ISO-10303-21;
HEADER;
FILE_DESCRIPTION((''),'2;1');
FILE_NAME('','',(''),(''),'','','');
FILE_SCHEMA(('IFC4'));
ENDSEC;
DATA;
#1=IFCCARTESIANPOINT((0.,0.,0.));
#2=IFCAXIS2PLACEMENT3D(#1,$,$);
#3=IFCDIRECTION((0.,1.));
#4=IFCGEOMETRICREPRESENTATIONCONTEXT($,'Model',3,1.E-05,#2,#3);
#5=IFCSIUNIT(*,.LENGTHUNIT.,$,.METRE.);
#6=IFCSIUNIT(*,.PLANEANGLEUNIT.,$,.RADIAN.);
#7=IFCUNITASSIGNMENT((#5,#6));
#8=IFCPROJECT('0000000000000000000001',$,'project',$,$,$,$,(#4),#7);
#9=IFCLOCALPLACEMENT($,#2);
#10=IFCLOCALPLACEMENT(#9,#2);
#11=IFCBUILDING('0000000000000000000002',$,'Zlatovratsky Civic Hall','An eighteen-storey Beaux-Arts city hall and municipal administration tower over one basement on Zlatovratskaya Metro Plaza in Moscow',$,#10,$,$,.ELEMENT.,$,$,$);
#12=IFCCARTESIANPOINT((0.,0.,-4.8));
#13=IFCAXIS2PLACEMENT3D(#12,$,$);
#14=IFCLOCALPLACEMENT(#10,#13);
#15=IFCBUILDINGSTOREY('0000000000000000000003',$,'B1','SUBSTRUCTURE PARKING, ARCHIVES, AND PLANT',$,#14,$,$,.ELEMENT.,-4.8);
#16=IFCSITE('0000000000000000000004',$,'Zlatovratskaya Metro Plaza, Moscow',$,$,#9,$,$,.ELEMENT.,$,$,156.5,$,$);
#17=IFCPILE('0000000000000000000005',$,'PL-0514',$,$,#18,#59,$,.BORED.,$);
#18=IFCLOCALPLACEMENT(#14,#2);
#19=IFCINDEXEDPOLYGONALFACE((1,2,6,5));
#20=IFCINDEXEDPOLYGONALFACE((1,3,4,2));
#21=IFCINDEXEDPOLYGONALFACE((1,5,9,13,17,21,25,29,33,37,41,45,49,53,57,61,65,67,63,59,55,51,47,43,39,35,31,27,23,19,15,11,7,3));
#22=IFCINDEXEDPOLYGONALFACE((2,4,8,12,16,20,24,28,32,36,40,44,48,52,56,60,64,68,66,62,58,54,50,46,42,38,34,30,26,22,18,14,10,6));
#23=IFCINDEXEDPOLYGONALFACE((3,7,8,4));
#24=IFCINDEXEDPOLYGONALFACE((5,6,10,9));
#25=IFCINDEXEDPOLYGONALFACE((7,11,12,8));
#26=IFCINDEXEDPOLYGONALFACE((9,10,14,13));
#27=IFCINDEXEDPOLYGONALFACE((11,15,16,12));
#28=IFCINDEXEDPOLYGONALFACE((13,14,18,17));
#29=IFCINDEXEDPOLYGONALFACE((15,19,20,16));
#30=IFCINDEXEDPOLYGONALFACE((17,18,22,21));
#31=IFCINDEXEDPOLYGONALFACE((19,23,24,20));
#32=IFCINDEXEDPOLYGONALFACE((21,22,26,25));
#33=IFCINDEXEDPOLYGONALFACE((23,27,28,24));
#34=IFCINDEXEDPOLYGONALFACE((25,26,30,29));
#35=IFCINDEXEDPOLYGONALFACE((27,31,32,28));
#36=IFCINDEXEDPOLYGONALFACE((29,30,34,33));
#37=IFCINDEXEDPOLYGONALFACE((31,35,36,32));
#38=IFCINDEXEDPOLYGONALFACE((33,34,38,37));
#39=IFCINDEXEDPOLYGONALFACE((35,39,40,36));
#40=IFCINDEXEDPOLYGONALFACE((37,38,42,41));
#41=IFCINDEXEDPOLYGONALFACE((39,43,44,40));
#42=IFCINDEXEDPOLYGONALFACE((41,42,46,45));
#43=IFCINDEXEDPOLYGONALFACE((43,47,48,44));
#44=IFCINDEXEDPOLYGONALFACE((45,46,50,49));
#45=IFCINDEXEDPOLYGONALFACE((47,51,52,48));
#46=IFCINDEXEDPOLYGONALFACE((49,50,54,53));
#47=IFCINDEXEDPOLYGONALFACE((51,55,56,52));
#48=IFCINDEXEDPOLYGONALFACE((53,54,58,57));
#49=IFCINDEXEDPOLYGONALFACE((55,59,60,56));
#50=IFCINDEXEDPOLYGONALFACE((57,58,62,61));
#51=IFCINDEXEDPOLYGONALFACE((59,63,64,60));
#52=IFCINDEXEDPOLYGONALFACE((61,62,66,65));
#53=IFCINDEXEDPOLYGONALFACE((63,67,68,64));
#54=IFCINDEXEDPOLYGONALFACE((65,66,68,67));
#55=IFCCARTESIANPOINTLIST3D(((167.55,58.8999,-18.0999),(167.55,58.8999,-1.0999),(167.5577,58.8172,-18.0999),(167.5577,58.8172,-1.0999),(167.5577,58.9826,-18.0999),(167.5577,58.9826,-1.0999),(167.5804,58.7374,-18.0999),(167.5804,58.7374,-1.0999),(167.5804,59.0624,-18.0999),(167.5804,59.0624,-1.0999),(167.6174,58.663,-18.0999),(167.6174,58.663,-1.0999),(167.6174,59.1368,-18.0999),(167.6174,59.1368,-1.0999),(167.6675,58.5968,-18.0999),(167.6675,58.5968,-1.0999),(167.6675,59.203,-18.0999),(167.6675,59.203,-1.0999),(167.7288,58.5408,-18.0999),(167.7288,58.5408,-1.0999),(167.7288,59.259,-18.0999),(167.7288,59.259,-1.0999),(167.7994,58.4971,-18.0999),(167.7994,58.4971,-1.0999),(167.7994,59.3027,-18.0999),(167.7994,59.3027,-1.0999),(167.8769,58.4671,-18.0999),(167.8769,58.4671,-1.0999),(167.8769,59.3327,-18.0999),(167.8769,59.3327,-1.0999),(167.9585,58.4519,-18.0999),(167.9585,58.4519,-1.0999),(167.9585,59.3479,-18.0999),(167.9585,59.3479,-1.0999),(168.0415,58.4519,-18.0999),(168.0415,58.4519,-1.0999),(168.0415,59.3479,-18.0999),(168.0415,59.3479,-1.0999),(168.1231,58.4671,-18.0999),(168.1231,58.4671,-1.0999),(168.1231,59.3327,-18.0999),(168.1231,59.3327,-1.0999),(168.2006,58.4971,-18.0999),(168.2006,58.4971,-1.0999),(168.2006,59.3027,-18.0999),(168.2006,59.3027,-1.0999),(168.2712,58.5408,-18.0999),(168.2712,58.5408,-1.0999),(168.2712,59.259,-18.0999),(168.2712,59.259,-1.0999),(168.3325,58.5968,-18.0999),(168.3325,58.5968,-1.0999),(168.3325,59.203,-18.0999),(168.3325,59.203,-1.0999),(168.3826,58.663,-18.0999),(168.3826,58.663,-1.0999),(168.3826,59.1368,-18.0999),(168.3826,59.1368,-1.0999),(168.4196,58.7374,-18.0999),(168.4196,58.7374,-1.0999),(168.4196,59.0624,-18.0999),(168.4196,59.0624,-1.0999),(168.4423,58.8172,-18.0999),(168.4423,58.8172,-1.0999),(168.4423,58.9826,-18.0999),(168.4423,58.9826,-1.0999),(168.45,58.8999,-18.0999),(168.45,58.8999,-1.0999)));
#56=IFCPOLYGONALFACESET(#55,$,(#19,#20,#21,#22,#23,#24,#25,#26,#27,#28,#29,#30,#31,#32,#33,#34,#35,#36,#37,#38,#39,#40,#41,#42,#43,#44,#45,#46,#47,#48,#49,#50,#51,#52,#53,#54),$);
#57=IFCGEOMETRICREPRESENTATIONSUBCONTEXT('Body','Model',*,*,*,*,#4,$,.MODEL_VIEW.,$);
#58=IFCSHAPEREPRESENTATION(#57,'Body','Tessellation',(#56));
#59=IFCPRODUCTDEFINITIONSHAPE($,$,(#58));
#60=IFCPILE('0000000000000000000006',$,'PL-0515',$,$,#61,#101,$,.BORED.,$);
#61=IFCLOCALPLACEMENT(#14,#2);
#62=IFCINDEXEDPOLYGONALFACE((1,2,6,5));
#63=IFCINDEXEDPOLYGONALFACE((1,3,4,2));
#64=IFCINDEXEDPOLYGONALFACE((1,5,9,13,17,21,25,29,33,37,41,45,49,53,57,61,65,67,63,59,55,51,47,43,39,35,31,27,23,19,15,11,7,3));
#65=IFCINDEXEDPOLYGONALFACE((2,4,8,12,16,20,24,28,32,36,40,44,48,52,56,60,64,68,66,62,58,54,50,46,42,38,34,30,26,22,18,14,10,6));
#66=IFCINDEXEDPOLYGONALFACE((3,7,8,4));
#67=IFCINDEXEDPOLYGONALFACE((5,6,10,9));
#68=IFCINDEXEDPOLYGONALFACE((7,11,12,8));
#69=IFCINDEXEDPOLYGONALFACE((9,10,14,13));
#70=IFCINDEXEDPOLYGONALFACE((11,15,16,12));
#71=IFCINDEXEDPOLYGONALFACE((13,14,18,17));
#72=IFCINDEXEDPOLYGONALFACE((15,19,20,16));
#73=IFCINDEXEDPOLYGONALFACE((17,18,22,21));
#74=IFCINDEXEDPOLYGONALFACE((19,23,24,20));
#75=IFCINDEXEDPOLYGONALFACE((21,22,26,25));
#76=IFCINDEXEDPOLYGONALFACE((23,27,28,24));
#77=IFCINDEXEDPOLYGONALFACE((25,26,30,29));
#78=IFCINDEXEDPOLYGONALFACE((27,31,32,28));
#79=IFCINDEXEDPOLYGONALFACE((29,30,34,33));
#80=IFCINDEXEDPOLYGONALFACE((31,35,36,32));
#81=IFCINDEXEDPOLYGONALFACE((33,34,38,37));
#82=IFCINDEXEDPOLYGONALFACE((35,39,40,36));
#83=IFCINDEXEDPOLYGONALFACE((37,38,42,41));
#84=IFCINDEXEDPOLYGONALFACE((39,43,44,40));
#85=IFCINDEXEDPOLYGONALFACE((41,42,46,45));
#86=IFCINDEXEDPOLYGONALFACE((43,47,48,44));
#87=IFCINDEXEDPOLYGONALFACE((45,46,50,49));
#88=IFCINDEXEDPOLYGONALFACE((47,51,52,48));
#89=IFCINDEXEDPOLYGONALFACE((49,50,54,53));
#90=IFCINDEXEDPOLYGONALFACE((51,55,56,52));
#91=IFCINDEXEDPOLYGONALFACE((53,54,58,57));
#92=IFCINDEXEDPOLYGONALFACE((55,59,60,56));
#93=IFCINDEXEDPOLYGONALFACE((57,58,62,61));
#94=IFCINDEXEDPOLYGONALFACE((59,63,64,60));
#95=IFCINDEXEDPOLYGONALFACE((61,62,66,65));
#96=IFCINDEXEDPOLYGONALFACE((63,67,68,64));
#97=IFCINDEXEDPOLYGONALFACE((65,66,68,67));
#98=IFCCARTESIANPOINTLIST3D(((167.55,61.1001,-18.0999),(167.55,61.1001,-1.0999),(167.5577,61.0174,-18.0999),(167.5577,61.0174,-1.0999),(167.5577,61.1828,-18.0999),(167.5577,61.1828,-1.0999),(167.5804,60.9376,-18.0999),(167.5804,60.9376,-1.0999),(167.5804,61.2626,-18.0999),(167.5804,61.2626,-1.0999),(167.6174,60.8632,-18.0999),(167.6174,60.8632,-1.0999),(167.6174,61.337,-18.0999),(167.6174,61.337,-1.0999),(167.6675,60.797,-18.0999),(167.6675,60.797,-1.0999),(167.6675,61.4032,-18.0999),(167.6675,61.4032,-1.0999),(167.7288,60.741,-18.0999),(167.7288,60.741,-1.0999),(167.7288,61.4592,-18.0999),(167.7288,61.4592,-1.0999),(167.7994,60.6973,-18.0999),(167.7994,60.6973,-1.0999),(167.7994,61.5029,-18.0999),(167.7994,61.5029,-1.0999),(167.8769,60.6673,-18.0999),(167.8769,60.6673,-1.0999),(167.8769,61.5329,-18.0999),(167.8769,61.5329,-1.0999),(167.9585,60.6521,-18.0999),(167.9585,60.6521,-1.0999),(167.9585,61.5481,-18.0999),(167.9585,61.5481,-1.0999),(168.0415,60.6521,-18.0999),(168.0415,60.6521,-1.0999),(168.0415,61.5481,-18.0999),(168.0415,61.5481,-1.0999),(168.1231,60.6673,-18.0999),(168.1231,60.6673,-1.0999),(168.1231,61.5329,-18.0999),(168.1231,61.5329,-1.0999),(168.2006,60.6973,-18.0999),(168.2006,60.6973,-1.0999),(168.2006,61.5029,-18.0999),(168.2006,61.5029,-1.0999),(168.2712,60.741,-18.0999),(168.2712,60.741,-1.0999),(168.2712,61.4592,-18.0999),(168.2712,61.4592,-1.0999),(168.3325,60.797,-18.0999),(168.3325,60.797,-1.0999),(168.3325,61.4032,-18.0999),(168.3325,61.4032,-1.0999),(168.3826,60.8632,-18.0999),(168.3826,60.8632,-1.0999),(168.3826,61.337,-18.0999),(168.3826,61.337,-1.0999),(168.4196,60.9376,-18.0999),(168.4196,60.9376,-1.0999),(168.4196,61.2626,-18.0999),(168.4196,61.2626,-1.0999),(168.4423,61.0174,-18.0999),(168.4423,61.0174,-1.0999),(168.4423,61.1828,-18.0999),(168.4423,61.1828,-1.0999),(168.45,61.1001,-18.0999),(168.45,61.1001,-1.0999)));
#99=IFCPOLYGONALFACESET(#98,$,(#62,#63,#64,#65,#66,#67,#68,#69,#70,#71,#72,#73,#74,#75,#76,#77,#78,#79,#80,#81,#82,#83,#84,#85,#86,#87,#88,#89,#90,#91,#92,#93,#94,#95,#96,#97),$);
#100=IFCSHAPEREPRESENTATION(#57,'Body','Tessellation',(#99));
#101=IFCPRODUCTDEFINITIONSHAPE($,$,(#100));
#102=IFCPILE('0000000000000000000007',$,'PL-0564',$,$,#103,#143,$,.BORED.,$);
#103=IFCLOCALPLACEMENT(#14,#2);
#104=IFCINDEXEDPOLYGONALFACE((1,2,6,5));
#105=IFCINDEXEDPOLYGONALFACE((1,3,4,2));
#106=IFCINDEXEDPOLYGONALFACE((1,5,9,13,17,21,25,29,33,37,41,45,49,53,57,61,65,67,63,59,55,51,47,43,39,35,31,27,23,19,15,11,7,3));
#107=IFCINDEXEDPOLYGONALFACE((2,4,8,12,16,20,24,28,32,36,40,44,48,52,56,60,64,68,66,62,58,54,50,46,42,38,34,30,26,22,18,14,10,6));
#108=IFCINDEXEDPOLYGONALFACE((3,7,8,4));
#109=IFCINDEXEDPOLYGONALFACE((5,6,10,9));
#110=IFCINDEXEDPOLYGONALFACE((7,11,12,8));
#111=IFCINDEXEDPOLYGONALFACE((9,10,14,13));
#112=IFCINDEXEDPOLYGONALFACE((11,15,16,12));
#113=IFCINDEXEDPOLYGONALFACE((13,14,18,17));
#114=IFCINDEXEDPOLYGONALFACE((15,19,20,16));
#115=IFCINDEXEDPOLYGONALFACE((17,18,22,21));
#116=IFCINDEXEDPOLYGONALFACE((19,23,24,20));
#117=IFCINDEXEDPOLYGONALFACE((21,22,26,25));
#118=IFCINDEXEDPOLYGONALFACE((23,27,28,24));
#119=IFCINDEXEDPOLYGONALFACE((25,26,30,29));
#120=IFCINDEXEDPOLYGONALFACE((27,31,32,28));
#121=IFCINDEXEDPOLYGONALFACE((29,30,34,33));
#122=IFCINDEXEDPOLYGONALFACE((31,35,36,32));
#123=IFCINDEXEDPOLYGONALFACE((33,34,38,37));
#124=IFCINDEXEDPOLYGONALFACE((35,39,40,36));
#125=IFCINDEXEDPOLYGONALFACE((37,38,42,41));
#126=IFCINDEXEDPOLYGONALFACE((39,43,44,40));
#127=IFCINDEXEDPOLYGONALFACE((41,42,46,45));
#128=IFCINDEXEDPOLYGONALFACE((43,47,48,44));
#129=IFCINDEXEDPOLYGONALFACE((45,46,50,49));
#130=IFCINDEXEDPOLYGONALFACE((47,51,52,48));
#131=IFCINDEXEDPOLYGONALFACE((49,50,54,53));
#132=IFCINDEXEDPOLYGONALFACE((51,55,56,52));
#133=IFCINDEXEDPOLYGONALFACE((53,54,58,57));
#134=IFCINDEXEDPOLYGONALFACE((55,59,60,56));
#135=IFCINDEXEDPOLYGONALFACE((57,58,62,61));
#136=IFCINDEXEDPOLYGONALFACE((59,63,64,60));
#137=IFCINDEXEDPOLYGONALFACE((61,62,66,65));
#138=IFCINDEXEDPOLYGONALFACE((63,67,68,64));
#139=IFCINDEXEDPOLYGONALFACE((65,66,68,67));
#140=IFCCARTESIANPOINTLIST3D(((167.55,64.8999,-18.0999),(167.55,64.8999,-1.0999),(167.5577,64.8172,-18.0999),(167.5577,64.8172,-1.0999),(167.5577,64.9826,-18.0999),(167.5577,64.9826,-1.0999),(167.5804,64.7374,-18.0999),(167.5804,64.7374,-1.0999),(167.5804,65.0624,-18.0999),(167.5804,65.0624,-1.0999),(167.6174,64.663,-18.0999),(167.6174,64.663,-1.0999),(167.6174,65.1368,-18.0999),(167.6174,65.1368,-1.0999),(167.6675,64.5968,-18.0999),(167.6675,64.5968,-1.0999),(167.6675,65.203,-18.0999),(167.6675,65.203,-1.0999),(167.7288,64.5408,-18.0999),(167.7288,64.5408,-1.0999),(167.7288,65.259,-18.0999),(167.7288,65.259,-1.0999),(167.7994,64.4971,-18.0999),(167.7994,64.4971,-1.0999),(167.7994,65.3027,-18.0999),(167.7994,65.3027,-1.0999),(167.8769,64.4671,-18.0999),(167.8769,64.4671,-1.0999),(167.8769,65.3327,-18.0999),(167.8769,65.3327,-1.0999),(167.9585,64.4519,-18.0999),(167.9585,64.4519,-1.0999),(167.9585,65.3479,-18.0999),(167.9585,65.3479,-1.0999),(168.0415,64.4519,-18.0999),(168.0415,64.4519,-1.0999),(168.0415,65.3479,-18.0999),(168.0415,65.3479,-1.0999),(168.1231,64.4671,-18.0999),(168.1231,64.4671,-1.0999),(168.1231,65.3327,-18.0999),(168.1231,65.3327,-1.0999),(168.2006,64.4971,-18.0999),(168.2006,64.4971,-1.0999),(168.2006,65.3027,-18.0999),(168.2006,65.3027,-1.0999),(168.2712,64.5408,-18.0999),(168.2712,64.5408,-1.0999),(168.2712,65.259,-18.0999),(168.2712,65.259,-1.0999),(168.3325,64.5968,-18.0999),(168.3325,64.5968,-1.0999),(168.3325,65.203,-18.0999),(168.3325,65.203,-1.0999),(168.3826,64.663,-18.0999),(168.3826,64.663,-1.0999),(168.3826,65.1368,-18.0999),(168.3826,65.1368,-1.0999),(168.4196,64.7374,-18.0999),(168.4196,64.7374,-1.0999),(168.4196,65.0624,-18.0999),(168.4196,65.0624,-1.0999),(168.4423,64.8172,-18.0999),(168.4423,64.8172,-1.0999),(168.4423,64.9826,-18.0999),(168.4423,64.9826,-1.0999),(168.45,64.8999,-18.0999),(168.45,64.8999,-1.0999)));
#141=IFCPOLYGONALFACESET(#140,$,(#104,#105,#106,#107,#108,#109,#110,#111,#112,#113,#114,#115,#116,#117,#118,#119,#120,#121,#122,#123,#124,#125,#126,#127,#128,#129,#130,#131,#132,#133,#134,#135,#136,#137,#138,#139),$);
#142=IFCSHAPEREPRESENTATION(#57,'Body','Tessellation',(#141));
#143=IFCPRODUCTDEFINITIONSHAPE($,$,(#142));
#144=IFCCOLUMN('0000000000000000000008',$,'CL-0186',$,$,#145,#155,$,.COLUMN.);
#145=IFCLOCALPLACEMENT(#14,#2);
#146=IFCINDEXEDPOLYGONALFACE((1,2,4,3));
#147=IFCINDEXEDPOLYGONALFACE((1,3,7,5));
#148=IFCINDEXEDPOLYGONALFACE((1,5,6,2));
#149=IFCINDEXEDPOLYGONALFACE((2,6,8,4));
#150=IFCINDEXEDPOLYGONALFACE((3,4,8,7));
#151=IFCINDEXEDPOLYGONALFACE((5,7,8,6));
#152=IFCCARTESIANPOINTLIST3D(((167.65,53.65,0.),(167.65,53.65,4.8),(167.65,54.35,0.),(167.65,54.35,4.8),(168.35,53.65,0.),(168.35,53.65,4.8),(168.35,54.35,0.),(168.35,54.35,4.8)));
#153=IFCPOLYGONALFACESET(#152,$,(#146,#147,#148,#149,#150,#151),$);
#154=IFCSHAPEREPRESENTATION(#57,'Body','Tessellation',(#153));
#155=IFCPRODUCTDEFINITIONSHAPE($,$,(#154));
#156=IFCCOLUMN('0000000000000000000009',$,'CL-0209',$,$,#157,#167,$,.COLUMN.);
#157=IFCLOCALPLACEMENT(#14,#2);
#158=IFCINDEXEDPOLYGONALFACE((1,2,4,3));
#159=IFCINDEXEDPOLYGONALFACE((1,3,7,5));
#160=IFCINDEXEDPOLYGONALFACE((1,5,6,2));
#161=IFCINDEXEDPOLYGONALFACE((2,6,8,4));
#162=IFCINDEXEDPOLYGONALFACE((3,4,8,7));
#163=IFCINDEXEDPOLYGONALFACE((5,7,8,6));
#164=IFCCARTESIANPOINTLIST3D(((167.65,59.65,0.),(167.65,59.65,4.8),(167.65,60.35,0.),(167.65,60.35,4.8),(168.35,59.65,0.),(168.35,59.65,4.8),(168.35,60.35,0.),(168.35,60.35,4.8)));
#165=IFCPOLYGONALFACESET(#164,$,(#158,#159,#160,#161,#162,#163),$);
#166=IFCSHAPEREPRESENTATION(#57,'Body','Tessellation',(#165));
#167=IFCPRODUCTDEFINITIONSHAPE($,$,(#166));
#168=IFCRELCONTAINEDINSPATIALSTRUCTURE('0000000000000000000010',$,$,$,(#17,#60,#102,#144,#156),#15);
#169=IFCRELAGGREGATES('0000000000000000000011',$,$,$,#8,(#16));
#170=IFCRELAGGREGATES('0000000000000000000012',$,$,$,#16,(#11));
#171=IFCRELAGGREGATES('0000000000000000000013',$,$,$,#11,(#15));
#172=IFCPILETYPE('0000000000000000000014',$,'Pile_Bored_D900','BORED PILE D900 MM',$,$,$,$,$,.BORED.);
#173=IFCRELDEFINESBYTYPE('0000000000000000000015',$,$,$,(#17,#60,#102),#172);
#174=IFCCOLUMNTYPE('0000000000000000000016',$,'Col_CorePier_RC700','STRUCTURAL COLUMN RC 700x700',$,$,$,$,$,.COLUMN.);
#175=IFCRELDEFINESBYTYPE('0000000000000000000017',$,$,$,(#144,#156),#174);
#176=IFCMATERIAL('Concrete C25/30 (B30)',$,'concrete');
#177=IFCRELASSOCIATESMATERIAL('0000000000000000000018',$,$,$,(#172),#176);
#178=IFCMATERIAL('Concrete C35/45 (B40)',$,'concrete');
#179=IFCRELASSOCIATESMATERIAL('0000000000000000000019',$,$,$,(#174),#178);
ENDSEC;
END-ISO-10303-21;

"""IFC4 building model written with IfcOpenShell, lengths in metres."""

from ifc_helpers import new_model, si_unit, direction, frame, origin, origin_2d, place, context, subcontext, project, spatial, rectangle, circle, extrude, material, material_profile, profile_set, type_object, element, save


model = new_model("IFC4")

# Units and contexts
model_context = context("Model", 3, precision=1e-05, world=origin(), true_north=direction((0.0, 1.0)))
body_context = subcontext(model_context, "Body", "Model", "MODEL_VIEW")
ifc_project = project(units=[si_unit("LENGTHUNIT", "METRE"), si_unit("PLANEANGLEUNIT", "RADIAN")], contexts=[model_context])

# Site, building, storey
site_placement = place(None, origin())
site = spatial("IfcSite", under=ifc_project, at=site_placement, Name="Zlatovratskaya Metro Plaza, Moscow", CompositionType="ELEMENT", RefElevation=156.5)
building_placement = place(site_placement, origin())
building = spatial("IfcBuilding", under=site, at=building_placement, Name="Zlatovratsky Civic Hall", Description="An eighteen-storey Beaux-Arts city hall and municipal administration tower over one basement on Zlatovratskaya Metro Plaza in Moscow", CompositionType="ELEMENT")
storey_placement = place(building_placement, frame((0.0, 0.0, -4.8)))
storey = spatial("IfcBuildingStorey", under=building, at=storey_placement, Name="B1", Description="SUBSTRUCTURE PARKING, ARCHIVES, AND PLANT", CompositionType="ELEMENT", Elevation=-4.8)

# Shared definitions
ifc_material_1 = material(Name="Concrete C25/30 (B30)", Category="concrete")

# Piles
ifc_material_profile_1 = material_profile(ifc_material_1, circle(Radius=0.45, at=origin_2d()), Name="PILE D900")
ifc_profile_set_1 = profile_set([ifc_material_profile_1], Name="Concrete C25/30 (B30)")
pile_type_1 = type_object("IfcPileType", Name="Pile_Bored_D900", Description="BORED PILE D900 MM", PredefinedType="BORED", material=ifc_profile_set_1)
for number, where, z_axis, x_axis, name in (
    (1, (168.0, 58.8999, -1.0999), (0.0, 0.0, -1.0), (1.0, 0.0, 0.0), "PL-0514"),
    (2, (168.0, 61.1001, -1.0999), (0.0, 0.0, -1.0), (1.0, 0.0, 0.0), "PL-0515"),
    (3, (168.0, 64.8999, -1.0999), (0.0, 0.0, -1.0), (1.0, 0.0, 0.0), "PL-0564"),
):
    element("IfcPile", number, at=place(storey_placement, frame(where, z_axis=z_axis, x_axis=x_axis)), inside=storey, type_object=pile_type_1, Name=name, PredefinedType="BORED", context=body_context, shape_type="SweptSolid", body=[
        extrude(circle(Radius=0.45, at=origin_2d()), origin(), (0.0, 0.0, 1.0), 17.0),
    ])

# Columns
ifc_material_2 = material(Name="Concrete C35/45 (B40)", Category="concrete")
ifc_material_profile_2 = material_profile(ifc_material_2, rectangle(XDim=0.7, YDim=0.7, at=origin_2d()), Name="RC 700x700")
ifc_profile_set_2 = profile_set([ifc_material_profile_2], Name="Concrete C35/45 (B40)")
column_type = type_object("IfcColumnType", Name="Col_CorePier_RC700", Description="STRUCTURAL COLUMN RC 700x700", PredefinedType="COLUMN", material=ifc_profile_set_2)
for number, where, z_axis, x_axis, name in (
    (4, (168.0, 54.0, 0.0), (0.0, 0.0, 1.0), (1.0, 0.0, 0.0), "CL-0186"),
    (5, (168.0, 60.0, 0.0), (0.0, 0.0, 1.0), (1.0, 0.0, 0.0), "CL-0209"),
):
    element("IfcColumn", number, at=place(storey_placement, frame(where, z_axis=z_axis, x_axis=x_axis)), inside=storey, type_object=column_type, Name=name, PredefinedType="COLUMN", context=body_context, shape_type="SweptSolid", body=[
        extrude(rectangle(XDim=0.7, YDim=0.7, at=origin_2d()), origin(), (0.0, 0.0, 1.0), 4.8),
    ])

save(model, "model.ifc")
